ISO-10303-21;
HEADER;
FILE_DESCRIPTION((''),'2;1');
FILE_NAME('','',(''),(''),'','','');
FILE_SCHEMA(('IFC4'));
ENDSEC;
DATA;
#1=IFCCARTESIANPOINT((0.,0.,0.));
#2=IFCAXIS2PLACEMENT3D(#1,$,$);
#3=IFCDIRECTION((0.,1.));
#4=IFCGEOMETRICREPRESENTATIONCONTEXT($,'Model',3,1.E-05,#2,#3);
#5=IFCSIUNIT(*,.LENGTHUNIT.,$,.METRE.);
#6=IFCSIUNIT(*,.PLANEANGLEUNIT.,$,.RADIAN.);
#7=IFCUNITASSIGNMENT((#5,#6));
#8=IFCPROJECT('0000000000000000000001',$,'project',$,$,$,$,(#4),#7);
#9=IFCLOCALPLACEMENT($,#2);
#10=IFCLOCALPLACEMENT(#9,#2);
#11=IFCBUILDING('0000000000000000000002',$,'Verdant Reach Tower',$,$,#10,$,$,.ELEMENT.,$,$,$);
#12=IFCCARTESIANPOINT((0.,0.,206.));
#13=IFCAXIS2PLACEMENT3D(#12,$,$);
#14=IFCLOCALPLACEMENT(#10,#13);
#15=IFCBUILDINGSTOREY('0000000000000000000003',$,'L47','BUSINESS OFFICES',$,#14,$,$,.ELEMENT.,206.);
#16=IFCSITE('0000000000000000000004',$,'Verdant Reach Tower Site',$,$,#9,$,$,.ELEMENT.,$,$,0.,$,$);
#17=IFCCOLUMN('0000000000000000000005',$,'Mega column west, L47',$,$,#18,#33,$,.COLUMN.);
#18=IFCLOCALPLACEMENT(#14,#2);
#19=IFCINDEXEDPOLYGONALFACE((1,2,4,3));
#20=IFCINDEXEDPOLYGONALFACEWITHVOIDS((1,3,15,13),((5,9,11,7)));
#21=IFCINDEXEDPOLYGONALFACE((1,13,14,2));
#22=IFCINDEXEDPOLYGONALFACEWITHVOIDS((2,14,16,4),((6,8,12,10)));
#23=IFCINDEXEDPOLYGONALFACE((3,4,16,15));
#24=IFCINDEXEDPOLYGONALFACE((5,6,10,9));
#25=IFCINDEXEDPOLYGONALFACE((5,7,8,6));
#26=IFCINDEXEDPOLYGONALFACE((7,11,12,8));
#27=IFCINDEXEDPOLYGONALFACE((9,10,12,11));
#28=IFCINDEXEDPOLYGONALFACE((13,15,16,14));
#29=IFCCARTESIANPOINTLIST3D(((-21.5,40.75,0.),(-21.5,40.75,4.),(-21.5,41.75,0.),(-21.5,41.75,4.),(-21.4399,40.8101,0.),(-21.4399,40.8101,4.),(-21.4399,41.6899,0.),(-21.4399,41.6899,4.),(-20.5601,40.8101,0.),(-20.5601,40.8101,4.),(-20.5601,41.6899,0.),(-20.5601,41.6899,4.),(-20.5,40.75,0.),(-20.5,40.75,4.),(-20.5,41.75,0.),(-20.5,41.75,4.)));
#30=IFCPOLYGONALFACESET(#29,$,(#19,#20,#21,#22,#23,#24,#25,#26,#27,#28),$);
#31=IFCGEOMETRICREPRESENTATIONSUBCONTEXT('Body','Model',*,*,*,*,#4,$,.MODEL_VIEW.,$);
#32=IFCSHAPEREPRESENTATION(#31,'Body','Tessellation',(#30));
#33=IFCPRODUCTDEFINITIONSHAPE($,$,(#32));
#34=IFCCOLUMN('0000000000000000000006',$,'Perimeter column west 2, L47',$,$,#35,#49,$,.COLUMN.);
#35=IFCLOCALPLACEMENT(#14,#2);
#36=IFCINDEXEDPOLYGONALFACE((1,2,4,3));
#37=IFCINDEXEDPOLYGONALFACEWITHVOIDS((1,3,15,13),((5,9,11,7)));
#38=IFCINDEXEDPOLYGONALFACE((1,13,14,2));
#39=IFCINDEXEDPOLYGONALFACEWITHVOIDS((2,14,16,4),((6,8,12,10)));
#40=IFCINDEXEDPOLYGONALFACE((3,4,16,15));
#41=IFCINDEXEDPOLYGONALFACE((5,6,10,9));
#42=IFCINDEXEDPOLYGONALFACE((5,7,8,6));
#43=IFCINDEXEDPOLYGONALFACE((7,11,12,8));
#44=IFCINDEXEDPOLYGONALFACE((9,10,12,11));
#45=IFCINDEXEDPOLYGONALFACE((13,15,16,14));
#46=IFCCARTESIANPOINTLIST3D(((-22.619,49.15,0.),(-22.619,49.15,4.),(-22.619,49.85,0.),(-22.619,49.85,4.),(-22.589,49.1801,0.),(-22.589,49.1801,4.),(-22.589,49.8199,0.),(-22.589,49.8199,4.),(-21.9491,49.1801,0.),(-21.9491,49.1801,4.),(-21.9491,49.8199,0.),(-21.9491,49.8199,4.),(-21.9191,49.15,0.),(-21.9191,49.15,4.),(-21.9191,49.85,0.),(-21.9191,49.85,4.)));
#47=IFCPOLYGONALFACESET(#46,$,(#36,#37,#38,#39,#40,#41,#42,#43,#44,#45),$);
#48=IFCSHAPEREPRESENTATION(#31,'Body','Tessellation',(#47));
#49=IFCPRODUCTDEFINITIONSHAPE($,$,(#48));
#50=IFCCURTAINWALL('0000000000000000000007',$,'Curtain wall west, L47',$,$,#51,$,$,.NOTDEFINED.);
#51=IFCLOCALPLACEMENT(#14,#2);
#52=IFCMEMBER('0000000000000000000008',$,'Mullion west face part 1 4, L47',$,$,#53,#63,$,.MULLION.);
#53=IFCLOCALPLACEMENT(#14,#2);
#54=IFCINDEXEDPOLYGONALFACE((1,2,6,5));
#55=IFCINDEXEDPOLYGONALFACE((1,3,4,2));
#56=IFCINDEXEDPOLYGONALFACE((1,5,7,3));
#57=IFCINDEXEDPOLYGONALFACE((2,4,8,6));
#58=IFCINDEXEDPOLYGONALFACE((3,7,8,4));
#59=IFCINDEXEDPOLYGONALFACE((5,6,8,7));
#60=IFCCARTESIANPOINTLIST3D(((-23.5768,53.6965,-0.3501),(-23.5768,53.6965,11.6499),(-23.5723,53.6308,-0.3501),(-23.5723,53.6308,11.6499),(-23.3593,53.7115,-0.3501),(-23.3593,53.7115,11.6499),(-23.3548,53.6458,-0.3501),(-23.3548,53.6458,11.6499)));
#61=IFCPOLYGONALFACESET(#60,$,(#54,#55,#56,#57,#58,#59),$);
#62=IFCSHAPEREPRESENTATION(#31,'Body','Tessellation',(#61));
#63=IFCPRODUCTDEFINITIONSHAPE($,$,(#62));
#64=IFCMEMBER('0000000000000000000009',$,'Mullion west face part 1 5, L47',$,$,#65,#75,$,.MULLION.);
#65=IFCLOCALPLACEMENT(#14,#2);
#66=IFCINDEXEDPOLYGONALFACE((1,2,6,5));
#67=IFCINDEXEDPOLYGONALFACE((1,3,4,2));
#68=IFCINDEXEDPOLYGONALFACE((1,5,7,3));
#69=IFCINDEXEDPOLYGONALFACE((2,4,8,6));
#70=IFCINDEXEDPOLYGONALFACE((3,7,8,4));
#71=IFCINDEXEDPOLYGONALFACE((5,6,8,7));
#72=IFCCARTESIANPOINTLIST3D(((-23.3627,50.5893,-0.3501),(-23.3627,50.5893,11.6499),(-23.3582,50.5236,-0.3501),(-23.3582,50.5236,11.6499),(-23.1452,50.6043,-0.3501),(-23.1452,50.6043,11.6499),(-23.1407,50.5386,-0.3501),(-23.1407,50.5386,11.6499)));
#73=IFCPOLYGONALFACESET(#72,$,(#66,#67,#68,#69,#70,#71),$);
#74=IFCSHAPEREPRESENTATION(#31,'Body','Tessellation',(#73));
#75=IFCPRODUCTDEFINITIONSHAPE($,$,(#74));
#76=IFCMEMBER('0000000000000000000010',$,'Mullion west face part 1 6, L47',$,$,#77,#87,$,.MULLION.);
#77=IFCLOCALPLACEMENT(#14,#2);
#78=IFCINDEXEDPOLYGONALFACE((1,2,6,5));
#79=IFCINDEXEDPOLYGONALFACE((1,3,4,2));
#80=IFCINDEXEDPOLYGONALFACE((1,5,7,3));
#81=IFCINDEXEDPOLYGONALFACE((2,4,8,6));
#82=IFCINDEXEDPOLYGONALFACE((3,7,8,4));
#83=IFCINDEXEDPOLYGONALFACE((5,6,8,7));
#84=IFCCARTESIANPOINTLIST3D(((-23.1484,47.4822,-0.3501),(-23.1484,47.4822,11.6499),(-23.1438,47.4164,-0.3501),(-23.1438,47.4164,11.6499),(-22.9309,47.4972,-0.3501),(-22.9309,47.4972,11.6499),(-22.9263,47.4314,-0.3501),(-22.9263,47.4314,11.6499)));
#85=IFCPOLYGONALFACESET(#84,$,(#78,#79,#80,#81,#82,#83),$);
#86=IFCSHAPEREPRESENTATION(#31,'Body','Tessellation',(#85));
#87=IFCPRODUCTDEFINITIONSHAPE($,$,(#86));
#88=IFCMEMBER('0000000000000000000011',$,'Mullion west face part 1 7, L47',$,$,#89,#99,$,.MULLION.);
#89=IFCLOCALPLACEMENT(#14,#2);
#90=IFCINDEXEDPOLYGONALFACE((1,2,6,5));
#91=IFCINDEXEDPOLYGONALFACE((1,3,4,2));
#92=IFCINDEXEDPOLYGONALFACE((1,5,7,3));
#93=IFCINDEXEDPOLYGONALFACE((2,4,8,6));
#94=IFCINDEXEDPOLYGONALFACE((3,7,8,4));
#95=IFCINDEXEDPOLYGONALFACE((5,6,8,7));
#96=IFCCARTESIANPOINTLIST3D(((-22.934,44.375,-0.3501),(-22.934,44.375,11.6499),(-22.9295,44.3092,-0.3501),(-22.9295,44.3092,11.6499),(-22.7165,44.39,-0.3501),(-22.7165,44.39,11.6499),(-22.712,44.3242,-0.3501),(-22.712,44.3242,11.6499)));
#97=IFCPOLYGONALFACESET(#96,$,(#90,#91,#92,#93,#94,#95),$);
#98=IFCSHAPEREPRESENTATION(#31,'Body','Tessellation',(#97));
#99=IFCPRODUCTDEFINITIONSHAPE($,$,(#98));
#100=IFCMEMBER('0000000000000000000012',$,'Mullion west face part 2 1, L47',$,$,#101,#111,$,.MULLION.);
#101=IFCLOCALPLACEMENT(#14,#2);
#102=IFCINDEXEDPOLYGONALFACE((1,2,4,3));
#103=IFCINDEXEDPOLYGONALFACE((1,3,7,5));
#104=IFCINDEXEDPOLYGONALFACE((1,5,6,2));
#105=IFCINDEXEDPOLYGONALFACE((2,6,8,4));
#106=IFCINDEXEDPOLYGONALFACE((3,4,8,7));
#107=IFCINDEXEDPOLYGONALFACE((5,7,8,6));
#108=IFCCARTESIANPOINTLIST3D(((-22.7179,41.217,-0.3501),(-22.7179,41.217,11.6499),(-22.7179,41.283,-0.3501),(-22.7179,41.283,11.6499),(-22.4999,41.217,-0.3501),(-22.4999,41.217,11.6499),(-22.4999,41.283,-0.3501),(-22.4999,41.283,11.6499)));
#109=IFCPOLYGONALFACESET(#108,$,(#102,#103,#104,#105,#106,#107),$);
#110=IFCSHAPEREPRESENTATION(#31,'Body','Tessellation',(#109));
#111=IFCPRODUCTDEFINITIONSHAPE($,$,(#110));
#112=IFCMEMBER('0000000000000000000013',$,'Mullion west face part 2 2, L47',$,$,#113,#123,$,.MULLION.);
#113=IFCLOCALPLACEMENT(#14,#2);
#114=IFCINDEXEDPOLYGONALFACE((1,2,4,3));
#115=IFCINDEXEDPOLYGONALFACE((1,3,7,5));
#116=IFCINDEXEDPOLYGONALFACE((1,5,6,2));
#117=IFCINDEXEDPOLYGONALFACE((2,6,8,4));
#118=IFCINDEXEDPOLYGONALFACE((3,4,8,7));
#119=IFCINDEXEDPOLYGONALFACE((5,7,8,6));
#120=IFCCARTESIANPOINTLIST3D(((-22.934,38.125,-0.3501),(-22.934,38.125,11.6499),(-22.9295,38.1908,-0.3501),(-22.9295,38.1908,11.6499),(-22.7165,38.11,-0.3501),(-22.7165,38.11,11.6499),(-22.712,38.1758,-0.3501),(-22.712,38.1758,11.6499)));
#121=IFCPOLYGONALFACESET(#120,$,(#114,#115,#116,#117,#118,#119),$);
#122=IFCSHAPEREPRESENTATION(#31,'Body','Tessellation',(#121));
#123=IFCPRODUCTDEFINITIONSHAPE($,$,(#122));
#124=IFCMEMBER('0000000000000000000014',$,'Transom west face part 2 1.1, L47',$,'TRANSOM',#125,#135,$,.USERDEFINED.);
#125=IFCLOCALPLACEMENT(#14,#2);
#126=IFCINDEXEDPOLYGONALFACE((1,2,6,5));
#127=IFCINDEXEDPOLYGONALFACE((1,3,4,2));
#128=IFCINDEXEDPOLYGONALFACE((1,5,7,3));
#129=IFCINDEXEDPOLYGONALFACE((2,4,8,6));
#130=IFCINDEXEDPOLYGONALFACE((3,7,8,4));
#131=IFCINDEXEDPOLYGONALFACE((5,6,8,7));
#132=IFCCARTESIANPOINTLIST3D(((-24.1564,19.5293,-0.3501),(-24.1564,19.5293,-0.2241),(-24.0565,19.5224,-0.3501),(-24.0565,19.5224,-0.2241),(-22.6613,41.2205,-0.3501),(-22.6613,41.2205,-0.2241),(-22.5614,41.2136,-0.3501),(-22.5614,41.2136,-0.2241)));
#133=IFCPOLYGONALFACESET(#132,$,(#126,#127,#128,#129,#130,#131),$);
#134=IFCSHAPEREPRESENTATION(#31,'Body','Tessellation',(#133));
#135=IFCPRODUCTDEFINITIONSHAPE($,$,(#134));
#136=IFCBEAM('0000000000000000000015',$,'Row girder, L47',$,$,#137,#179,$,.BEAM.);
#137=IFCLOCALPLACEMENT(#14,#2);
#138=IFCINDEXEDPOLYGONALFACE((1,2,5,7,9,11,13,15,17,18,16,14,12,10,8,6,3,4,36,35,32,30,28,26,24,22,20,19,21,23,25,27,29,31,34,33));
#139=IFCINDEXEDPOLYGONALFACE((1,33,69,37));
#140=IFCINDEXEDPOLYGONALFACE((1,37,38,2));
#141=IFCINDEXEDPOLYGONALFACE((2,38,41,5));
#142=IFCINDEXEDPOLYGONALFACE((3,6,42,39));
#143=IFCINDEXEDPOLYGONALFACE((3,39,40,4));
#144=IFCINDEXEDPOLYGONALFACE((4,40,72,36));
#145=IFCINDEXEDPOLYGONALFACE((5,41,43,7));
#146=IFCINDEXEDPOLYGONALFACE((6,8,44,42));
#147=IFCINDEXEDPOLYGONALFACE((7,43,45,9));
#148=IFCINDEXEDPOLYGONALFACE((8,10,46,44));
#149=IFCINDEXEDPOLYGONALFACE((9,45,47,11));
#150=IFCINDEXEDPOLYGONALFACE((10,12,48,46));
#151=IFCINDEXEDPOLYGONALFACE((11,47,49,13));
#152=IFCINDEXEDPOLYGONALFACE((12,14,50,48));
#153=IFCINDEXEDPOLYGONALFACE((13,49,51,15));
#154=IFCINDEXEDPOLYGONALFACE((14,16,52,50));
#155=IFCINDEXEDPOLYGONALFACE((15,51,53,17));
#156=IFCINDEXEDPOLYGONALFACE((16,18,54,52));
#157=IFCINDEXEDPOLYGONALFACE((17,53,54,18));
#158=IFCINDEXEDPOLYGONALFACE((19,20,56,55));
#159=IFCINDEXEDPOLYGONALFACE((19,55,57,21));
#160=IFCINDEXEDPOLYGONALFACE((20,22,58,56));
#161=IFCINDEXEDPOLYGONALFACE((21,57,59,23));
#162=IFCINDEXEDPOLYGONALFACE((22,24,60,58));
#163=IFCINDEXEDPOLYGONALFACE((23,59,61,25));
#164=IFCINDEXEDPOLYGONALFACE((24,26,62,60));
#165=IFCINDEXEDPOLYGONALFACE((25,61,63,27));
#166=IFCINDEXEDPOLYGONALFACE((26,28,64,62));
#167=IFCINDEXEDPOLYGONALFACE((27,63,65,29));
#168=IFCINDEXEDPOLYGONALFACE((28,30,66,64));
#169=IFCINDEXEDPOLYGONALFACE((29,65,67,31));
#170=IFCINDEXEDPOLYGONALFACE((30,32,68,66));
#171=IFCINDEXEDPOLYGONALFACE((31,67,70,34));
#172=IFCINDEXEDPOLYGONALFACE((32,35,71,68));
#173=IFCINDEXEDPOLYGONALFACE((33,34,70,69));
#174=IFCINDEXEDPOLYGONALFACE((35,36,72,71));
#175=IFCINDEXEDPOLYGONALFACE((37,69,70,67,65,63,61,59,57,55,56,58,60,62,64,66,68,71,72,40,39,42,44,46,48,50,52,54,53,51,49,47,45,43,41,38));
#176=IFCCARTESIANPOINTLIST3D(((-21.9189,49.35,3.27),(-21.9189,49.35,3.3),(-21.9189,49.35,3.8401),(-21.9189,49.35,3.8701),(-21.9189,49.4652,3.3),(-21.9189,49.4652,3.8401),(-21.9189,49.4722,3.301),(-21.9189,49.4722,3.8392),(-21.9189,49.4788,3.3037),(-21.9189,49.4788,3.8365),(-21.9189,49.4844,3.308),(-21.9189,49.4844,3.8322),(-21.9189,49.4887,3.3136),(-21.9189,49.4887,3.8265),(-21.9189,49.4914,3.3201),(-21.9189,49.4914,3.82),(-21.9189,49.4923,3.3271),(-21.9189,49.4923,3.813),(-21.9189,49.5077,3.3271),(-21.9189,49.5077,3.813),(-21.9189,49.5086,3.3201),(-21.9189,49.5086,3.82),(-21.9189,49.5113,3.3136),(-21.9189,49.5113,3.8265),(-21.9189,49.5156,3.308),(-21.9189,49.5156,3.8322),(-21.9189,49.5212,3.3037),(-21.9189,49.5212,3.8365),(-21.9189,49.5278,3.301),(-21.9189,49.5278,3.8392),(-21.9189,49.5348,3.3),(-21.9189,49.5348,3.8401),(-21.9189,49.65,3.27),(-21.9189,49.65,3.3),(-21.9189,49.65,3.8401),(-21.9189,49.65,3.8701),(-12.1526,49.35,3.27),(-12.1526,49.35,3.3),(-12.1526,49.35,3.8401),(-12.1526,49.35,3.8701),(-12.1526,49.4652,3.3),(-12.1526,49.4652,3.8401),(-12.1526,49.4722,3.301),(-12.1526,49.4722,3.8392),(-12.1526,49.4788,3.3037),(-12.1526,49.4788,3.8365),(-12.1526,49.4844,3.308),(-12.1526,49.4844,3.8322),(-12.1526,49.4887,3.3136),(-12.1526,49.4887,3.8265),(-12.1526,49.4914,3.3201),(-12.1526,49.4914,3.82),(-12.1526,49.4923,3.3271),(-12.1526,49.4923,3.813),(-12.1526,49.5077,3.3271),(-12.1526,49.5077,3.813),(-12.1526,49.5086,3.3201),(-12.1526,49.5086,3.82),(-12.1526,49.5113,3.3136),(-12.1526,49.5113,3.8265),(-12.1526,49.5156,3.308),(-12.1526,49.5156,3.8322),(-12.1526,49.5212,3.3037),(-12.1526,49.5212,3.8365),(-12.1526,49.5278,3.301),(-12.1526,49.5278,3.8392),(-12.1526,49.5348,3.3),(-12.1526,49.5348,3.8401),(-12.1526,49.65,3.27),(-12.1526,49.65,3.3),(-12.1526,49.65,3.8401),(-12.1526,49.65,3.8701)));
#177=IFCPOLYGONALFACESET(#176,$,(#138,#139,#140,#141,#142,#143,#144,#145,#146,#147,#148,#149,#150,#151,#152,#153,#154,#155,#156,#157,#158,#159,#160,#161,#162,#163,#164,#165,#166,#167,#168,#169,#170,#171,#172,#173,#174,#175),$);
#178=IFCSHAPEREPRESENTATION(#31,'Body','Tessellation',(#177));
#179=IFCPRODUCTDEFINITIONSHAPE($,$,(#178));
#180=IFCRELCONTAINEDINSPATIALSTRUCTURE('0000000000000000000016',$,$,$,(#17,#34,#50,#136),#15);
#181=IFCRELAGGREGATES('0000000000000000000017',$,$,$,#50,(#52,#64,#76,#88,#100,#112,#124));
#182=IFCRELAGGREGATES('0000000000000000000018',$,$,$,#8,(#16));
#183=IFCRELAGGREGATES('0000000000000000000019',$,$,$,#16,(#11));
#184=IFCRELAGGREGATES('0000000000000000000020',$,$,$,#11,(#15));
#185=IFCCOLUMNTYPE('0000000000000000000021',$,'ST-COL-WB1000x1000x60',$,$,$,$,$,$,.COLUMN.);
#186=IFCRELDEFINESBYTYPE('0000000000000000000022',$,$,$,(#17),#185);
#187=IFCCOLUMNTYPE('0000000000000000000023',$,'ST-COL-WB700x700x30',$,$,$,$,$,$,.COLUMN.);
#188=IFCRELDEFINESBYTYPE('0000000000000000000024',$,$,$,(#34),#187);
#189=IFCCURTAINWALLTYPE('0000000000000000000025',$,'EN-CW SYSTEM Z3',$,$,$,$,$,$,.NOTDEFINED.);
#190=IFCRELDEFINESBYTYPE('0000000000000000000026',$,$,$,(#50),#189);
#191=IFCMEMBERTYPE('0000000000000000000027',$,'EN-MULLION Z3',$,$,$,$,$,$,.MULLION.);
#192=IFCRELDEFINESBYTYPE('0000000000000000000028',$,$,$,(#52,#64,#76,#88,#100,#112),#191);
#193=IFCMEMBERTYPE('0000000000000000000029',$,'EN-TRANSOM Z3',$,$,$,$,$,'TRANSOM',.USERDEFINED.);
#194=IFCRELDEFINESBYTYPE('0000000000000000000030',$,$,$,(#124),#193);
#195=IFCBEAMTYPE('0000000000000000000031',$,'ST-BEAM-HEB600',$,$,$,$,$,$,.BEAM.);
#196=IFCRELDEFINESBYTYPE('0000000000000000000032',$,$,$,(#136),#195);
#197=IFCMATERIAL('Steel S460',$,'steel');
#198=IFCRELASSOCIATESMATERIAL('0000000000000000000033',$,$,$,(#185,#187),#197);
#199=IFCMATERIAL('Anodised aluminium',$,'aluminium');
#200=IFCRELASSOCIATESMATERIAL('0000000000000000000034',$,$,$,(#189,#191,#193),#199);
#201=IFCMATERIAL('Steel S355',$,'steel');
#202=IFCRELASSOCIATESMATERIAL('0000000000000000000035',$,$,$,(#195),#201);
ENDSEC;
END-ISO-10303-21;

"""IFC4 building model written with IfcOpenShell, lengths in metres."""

from ifc_helpers import new_model, si_unit, direction, frame, origin, origin_2d, place, context, subcontext, project, spatial, rectangle, hollow_rectangle, i_section, extrude, material, material_profile, profile_set, type_object, element, aggregate, save


model = new_model("IFC4")

# Units and contexts
model_context = context("Model", 3, precision=1e-05, world=origin(), true_north=direction((0.0, 1.0)))
body_context = subcontext(model_context, "Body", "Model", "MODEL_VIEW")
ifc_project = project(units=[si_unit("LENGTHUNIT", "METRE"), si_unit("PLANEANGLEUNIT", "RADIAN")], contexts=[model_context])

# Site, building, storey
site_placement = place(None, origin())
site = spatial("IfcSite", under=ifc_project, at=site_placement, Name="Verdant Reach Tower Site", CompositionType="ELEMENT", RefElevation=0.0)
building_placement = place(site_placement, origin())
building = spatial("IfcBuilding", under=site, at=building_placement, Name="Verdant Reach Tower", CompositionType="ELEMENT")
storey_placement = place(building_placement, frame((0.0, 0.0, 206.0)))
storey = spatial("IfcBuildingStorey", under=building, at=storey_placement, Name="L47", Description="BUSINESS OFFICES", CompositionType="ELEMENT", Elevation=206.0)

# Columns
ifc_material_1 = material(Name="Steel S460", Category="steel")
ifc_material_profile_1 = material_profile(ifc_material_1, hollow_rectangle(XDim=1.0, YDim=1.0, WallThickness=0.0601, at=origin_2d()), Name="WB 1000x1000x60")
ifc_profile_set_1 = profile_set([ifc_material_profile_1], Name="Steel S460")
column_type_1 = type_object("IfcColumnType", Name="ST-COL-WB1000x1000x60", PredefinedType="COLUMN", material=ifc_profile_set_1)
column_1_placement = place(storey_placement, frame((-21.0, 41.25, 0.0), z_axis=(0.0, 0.0, 1.0), x_axis=(1.0, 0.0, 0.0)))
element("IfcColumn", 1, at=column_1_placement, inside=storey, type_object=column_type_1, Name="Mega column west, L47", PredefinedType="COLUMN", context=body_context, shape_type="SweptSolid", body=[
    extrude(hollow_rectangle(XDim=1.0, YDim=1.0, WallThickness=0.0601, at=origin_2d()), origin(), (0.0, 0.0, 1.0), 4.0),
])
ifc_material_profile_2 = material_profile(ifc_material_1, hollow_rectangle(XDim=0.7, YDim=0.7, WallThickness=0.03, at=origin_2d()), Name="WB 700x700x30")
ifc_profile_set_2 = profile_set([ifc_material_profile_2], Name="Steel S460")
column_type_2 = type_object("IfcColumnType", Name="ST-COL-WB700x700x30", PredefinedType="COLUMN", material=ifc_profile_set_2)
column_2_placement = place(storey_placement, frame((-22.269, 49.5, 0.0), z_axis=(0.0, 0.0, 1.0), x_axis=(1.0, 0.0, 0.0)))
element("IfcColumn", 2, at=column_2_placement, inside=storey, type_object=column_type_2, Name="Perimeter column west 2, L47", PredefinedType="COLUMN", context=body_context, shape_type="SweptSolid", body=[
    extrude(hollow_rectangle(XDim=0.7, YDim=0.7, WallThickness=0.03, at=origin_2d()), origin(), (0.0, 0.0, 1.0), 4.0),
])

# Curtain wall, members
ifc_material_2 = material(Name="Anodised aluminium", Category="aluminium")
curtain_wall_type = type_object("IfcCurtainWallType", Name="EN-CW SYSTEM Z3", PredefinedType="NOTDEFINED", material=ifc_material_2)
curtain_wall_placement = place(storey_placement, origin())
curtain_wall = element("IfcCurtainWall", 3, at=curtain_wall_placement, inside=storey, type_object=curtain_wall_type, Name="Curtain wall west, L47", PredefinedType="NOTDEFINED")
ifc_material_profile_3 = material_profile(ifc_material_2, rectangle(XDim=0.218, YDim=0.0659, at=origin_2d()), Name="Mullion 66x218")
ifc_profile_set_3 = profile_set([ifc_material_profile_3], Name="Anodised aluminium")
member_type_1 = type_object("IfcMemberType", Name="EN-MULLION Z3", PredefinedType="MULLION", material=ifc_profile_set_3)
member_1_placement = place(storey_placement, frame((-23.4658, 53.6711, -0.3501), z_axis=(0.0, 0.0, 1.0), x_axis=(-0.99763, -0.068802, 0.0)))
member_1 = element("IfcMember", 4, at=member_1_placement, type_object=member_type_1, Name="Mullion west face part 1 4, L47", PredefinedType="MULLION", context=body_context, shape_type="SweptSolid", body=[
    extrude(rectangle(XDim=0.218, YDim=0.0659, at=origin_2d()), origin(), (0.0, 0.0, 1.0), 12.0),
])
member_2_placement = place(storey_placement, frame((-23.2517, 50.564, -0.3501), z_axis=(0.0, 0.0, 1.0), x_axis=(-0.99763, -0.068802, 0.0)))
member_2 = element("IfcMember", 5, at=member_2_placement, type_object=member_type_1, Name="Mullion west face part 1 5, L47", PredefinedType="MULLION", context=body_context, shape_type="SweptSolid", body=[
    extrude(rectangle(XDim=0.218, YDim=0.0659, at=origin_2d()), origin(), (0.0, 0.0, 1.0), 12.0),
])
member_3_placement = place(storey_placement, frame((-23.0374, 47.4568, -0.3501), z_axis=(0.0, 0.0, 1.0), x_axis=(-0.99763, -0.068802, 0.0)))
member_3 = element("IfcMember", 6, at=member_3_placement, type_object=member_type_1, Name="Mullion west face part 1 6, L47", PredefinedType="MULLION", context=body_context, shape_type="SweptSolid", body=[
    extrude(rectangle(XDim=0.218, YDim=0.0659, at=origin_2d()), origin(), (0.0, 0.0, 1.0), 12.0),
])
member_4_placement = place(storey_placement, frame((-22.823, 44.3496, -0.3501), z_axis=(0.0, 0.0, 1.0), x_axis=(-0.99763, -0.068802, 0.0)))
member_4 = element("IfcMember", 7, at=member_4_placement, type_object=member_type_1, Name="Mullion west face part 1 7, L47", PredefinedType="MULLION", context=body_context, shape_type="SweptSolid", body=[
    extrude(rectangle(XDim=0.218, YDim=0.0659, at=origin_2d()), origin(), (0.0, 0.0, 1.0), 12.0),
])
member_5_placement = place(storey_placement, frame((-22.6089, 41.25, -0.3501), z_axis=(0.0, 0.0, 1.0), x_axis=(-1.0, 0.0, 0.0)))
member_5 = element("IfcMember", 8, at=member_5_placement, type_object=member_type_1, Name="Mullion west face part 2 1, L47", PredefinedType="MULLION", context=body_context, shape_type="SweptSolid", body=[
    extrude(rectangle(XDim=0.218, YDim=0.0659, at=origin_2d()), origin(), (0.0, 0.0, 1.0), 12.0),
])
member_6_placement = place(storey_placement, frame((-22.823, 38.1504, -0.3501), z_axis=(0.0, 0.0, 1.0), x_axis=(-0.99763, 0.068802, 0.0)))
member_6 = element("IfcMember", 9, at=member_6_placement, type_object=member_type_1, Name="Mullion west face part 2 2, L47", PredefinedType="MULLION", context=body_context, shape_type="SweptSolid", body=[
    extrude(rectangle(XDim=0.218, YDim=0.0659, at=origin_2d()), origin(), (0.0, 0.0, 1.0), 12.0),
])
ifc_material_profile_4 = material_profile(ifc_material_2, rectangle(XDim=0.1001, YDim=0.126, at=origin_2d()), Name="Transom 126x100")
ifc_profile_set_4 = profile_set([ifc_material_profile_4], Name="Anodised aluminium")
member_type_2 = type_object("IfcMemberType", Name="EN-TRANSOM Z3", ElementType="TRANSOM", PredefinedType="USERDEFINED", material=ifc_profile_set_4)
member_7_placement = place(storey_placement, frame((-22.6113, 41.217, -0.2871), z_axis=(-0.068764, -0.997633, 0.0), x_axis=(0.997633, -0.068764, 0.0)))
member_7 = element("IfcMember", 10, at=member_7_placement, type_object=member_type_2, Name="Transom west face part 2 1.1, L47", ObjectType="TRANSOM", PredefinedType="USERDEFINED", context=body_context, shape_type="SweptSolid", body=[
    extrude(rectangle(XDim=0.1001, YDim=0.126, at=origin_2d()), origin(), (0.0, 0.0, 1.0), 21.7427),
])

# Beam
ifc_material_3 = material(Name="Steel S355", Category="steel")
ifc_material_profile_5 = material_profile(ifc_material_3, i_section(OverallWidth=0.3, OverallDepth=0.6001, WebThickness=0.0154, FlangeThickness=0.03, FilletRadius=0.0271, at=origin_2d()), Name="HEB 600")
ifc_profile_set_5 = profile_set([ifc_material_profile_5], Name="Steel S355")
beam_type_1 = type_object("IfcBeamType", Name="ST-BEAM-HEB600", PredefinedType="BEAM", material=ifc_profile_set_5)
beam_1_placement = place(storey_placement, frame((-21.9189, 49.5, 3.5701), z_axis=(1.0, 0.0, 0.0), x_axis=(0.0, 1.0, 0.0)))
element("IfcBeam", 11, at=beam_1_placement, inside=storey, type_object=beam_type_1, Name="Row girder, L47", PredefinedType="BEAM", context=body_context, shape_type="SweptSolid", body=[
    extrude(i_section(OverallWidth=0.3, OverallDepth=0.6001, WebThickness=0.0154, FlangeThickness=0.03, FilletRadius=0.0271, at=origin_2d()), origin(), (0.0, 0.0, 1.0), 9.7664),
])

aggregate(curtain_wall, [member_1, member_2, member_3, member_4, member_5, member_6, member_7])

save(model, "model.ifc")
